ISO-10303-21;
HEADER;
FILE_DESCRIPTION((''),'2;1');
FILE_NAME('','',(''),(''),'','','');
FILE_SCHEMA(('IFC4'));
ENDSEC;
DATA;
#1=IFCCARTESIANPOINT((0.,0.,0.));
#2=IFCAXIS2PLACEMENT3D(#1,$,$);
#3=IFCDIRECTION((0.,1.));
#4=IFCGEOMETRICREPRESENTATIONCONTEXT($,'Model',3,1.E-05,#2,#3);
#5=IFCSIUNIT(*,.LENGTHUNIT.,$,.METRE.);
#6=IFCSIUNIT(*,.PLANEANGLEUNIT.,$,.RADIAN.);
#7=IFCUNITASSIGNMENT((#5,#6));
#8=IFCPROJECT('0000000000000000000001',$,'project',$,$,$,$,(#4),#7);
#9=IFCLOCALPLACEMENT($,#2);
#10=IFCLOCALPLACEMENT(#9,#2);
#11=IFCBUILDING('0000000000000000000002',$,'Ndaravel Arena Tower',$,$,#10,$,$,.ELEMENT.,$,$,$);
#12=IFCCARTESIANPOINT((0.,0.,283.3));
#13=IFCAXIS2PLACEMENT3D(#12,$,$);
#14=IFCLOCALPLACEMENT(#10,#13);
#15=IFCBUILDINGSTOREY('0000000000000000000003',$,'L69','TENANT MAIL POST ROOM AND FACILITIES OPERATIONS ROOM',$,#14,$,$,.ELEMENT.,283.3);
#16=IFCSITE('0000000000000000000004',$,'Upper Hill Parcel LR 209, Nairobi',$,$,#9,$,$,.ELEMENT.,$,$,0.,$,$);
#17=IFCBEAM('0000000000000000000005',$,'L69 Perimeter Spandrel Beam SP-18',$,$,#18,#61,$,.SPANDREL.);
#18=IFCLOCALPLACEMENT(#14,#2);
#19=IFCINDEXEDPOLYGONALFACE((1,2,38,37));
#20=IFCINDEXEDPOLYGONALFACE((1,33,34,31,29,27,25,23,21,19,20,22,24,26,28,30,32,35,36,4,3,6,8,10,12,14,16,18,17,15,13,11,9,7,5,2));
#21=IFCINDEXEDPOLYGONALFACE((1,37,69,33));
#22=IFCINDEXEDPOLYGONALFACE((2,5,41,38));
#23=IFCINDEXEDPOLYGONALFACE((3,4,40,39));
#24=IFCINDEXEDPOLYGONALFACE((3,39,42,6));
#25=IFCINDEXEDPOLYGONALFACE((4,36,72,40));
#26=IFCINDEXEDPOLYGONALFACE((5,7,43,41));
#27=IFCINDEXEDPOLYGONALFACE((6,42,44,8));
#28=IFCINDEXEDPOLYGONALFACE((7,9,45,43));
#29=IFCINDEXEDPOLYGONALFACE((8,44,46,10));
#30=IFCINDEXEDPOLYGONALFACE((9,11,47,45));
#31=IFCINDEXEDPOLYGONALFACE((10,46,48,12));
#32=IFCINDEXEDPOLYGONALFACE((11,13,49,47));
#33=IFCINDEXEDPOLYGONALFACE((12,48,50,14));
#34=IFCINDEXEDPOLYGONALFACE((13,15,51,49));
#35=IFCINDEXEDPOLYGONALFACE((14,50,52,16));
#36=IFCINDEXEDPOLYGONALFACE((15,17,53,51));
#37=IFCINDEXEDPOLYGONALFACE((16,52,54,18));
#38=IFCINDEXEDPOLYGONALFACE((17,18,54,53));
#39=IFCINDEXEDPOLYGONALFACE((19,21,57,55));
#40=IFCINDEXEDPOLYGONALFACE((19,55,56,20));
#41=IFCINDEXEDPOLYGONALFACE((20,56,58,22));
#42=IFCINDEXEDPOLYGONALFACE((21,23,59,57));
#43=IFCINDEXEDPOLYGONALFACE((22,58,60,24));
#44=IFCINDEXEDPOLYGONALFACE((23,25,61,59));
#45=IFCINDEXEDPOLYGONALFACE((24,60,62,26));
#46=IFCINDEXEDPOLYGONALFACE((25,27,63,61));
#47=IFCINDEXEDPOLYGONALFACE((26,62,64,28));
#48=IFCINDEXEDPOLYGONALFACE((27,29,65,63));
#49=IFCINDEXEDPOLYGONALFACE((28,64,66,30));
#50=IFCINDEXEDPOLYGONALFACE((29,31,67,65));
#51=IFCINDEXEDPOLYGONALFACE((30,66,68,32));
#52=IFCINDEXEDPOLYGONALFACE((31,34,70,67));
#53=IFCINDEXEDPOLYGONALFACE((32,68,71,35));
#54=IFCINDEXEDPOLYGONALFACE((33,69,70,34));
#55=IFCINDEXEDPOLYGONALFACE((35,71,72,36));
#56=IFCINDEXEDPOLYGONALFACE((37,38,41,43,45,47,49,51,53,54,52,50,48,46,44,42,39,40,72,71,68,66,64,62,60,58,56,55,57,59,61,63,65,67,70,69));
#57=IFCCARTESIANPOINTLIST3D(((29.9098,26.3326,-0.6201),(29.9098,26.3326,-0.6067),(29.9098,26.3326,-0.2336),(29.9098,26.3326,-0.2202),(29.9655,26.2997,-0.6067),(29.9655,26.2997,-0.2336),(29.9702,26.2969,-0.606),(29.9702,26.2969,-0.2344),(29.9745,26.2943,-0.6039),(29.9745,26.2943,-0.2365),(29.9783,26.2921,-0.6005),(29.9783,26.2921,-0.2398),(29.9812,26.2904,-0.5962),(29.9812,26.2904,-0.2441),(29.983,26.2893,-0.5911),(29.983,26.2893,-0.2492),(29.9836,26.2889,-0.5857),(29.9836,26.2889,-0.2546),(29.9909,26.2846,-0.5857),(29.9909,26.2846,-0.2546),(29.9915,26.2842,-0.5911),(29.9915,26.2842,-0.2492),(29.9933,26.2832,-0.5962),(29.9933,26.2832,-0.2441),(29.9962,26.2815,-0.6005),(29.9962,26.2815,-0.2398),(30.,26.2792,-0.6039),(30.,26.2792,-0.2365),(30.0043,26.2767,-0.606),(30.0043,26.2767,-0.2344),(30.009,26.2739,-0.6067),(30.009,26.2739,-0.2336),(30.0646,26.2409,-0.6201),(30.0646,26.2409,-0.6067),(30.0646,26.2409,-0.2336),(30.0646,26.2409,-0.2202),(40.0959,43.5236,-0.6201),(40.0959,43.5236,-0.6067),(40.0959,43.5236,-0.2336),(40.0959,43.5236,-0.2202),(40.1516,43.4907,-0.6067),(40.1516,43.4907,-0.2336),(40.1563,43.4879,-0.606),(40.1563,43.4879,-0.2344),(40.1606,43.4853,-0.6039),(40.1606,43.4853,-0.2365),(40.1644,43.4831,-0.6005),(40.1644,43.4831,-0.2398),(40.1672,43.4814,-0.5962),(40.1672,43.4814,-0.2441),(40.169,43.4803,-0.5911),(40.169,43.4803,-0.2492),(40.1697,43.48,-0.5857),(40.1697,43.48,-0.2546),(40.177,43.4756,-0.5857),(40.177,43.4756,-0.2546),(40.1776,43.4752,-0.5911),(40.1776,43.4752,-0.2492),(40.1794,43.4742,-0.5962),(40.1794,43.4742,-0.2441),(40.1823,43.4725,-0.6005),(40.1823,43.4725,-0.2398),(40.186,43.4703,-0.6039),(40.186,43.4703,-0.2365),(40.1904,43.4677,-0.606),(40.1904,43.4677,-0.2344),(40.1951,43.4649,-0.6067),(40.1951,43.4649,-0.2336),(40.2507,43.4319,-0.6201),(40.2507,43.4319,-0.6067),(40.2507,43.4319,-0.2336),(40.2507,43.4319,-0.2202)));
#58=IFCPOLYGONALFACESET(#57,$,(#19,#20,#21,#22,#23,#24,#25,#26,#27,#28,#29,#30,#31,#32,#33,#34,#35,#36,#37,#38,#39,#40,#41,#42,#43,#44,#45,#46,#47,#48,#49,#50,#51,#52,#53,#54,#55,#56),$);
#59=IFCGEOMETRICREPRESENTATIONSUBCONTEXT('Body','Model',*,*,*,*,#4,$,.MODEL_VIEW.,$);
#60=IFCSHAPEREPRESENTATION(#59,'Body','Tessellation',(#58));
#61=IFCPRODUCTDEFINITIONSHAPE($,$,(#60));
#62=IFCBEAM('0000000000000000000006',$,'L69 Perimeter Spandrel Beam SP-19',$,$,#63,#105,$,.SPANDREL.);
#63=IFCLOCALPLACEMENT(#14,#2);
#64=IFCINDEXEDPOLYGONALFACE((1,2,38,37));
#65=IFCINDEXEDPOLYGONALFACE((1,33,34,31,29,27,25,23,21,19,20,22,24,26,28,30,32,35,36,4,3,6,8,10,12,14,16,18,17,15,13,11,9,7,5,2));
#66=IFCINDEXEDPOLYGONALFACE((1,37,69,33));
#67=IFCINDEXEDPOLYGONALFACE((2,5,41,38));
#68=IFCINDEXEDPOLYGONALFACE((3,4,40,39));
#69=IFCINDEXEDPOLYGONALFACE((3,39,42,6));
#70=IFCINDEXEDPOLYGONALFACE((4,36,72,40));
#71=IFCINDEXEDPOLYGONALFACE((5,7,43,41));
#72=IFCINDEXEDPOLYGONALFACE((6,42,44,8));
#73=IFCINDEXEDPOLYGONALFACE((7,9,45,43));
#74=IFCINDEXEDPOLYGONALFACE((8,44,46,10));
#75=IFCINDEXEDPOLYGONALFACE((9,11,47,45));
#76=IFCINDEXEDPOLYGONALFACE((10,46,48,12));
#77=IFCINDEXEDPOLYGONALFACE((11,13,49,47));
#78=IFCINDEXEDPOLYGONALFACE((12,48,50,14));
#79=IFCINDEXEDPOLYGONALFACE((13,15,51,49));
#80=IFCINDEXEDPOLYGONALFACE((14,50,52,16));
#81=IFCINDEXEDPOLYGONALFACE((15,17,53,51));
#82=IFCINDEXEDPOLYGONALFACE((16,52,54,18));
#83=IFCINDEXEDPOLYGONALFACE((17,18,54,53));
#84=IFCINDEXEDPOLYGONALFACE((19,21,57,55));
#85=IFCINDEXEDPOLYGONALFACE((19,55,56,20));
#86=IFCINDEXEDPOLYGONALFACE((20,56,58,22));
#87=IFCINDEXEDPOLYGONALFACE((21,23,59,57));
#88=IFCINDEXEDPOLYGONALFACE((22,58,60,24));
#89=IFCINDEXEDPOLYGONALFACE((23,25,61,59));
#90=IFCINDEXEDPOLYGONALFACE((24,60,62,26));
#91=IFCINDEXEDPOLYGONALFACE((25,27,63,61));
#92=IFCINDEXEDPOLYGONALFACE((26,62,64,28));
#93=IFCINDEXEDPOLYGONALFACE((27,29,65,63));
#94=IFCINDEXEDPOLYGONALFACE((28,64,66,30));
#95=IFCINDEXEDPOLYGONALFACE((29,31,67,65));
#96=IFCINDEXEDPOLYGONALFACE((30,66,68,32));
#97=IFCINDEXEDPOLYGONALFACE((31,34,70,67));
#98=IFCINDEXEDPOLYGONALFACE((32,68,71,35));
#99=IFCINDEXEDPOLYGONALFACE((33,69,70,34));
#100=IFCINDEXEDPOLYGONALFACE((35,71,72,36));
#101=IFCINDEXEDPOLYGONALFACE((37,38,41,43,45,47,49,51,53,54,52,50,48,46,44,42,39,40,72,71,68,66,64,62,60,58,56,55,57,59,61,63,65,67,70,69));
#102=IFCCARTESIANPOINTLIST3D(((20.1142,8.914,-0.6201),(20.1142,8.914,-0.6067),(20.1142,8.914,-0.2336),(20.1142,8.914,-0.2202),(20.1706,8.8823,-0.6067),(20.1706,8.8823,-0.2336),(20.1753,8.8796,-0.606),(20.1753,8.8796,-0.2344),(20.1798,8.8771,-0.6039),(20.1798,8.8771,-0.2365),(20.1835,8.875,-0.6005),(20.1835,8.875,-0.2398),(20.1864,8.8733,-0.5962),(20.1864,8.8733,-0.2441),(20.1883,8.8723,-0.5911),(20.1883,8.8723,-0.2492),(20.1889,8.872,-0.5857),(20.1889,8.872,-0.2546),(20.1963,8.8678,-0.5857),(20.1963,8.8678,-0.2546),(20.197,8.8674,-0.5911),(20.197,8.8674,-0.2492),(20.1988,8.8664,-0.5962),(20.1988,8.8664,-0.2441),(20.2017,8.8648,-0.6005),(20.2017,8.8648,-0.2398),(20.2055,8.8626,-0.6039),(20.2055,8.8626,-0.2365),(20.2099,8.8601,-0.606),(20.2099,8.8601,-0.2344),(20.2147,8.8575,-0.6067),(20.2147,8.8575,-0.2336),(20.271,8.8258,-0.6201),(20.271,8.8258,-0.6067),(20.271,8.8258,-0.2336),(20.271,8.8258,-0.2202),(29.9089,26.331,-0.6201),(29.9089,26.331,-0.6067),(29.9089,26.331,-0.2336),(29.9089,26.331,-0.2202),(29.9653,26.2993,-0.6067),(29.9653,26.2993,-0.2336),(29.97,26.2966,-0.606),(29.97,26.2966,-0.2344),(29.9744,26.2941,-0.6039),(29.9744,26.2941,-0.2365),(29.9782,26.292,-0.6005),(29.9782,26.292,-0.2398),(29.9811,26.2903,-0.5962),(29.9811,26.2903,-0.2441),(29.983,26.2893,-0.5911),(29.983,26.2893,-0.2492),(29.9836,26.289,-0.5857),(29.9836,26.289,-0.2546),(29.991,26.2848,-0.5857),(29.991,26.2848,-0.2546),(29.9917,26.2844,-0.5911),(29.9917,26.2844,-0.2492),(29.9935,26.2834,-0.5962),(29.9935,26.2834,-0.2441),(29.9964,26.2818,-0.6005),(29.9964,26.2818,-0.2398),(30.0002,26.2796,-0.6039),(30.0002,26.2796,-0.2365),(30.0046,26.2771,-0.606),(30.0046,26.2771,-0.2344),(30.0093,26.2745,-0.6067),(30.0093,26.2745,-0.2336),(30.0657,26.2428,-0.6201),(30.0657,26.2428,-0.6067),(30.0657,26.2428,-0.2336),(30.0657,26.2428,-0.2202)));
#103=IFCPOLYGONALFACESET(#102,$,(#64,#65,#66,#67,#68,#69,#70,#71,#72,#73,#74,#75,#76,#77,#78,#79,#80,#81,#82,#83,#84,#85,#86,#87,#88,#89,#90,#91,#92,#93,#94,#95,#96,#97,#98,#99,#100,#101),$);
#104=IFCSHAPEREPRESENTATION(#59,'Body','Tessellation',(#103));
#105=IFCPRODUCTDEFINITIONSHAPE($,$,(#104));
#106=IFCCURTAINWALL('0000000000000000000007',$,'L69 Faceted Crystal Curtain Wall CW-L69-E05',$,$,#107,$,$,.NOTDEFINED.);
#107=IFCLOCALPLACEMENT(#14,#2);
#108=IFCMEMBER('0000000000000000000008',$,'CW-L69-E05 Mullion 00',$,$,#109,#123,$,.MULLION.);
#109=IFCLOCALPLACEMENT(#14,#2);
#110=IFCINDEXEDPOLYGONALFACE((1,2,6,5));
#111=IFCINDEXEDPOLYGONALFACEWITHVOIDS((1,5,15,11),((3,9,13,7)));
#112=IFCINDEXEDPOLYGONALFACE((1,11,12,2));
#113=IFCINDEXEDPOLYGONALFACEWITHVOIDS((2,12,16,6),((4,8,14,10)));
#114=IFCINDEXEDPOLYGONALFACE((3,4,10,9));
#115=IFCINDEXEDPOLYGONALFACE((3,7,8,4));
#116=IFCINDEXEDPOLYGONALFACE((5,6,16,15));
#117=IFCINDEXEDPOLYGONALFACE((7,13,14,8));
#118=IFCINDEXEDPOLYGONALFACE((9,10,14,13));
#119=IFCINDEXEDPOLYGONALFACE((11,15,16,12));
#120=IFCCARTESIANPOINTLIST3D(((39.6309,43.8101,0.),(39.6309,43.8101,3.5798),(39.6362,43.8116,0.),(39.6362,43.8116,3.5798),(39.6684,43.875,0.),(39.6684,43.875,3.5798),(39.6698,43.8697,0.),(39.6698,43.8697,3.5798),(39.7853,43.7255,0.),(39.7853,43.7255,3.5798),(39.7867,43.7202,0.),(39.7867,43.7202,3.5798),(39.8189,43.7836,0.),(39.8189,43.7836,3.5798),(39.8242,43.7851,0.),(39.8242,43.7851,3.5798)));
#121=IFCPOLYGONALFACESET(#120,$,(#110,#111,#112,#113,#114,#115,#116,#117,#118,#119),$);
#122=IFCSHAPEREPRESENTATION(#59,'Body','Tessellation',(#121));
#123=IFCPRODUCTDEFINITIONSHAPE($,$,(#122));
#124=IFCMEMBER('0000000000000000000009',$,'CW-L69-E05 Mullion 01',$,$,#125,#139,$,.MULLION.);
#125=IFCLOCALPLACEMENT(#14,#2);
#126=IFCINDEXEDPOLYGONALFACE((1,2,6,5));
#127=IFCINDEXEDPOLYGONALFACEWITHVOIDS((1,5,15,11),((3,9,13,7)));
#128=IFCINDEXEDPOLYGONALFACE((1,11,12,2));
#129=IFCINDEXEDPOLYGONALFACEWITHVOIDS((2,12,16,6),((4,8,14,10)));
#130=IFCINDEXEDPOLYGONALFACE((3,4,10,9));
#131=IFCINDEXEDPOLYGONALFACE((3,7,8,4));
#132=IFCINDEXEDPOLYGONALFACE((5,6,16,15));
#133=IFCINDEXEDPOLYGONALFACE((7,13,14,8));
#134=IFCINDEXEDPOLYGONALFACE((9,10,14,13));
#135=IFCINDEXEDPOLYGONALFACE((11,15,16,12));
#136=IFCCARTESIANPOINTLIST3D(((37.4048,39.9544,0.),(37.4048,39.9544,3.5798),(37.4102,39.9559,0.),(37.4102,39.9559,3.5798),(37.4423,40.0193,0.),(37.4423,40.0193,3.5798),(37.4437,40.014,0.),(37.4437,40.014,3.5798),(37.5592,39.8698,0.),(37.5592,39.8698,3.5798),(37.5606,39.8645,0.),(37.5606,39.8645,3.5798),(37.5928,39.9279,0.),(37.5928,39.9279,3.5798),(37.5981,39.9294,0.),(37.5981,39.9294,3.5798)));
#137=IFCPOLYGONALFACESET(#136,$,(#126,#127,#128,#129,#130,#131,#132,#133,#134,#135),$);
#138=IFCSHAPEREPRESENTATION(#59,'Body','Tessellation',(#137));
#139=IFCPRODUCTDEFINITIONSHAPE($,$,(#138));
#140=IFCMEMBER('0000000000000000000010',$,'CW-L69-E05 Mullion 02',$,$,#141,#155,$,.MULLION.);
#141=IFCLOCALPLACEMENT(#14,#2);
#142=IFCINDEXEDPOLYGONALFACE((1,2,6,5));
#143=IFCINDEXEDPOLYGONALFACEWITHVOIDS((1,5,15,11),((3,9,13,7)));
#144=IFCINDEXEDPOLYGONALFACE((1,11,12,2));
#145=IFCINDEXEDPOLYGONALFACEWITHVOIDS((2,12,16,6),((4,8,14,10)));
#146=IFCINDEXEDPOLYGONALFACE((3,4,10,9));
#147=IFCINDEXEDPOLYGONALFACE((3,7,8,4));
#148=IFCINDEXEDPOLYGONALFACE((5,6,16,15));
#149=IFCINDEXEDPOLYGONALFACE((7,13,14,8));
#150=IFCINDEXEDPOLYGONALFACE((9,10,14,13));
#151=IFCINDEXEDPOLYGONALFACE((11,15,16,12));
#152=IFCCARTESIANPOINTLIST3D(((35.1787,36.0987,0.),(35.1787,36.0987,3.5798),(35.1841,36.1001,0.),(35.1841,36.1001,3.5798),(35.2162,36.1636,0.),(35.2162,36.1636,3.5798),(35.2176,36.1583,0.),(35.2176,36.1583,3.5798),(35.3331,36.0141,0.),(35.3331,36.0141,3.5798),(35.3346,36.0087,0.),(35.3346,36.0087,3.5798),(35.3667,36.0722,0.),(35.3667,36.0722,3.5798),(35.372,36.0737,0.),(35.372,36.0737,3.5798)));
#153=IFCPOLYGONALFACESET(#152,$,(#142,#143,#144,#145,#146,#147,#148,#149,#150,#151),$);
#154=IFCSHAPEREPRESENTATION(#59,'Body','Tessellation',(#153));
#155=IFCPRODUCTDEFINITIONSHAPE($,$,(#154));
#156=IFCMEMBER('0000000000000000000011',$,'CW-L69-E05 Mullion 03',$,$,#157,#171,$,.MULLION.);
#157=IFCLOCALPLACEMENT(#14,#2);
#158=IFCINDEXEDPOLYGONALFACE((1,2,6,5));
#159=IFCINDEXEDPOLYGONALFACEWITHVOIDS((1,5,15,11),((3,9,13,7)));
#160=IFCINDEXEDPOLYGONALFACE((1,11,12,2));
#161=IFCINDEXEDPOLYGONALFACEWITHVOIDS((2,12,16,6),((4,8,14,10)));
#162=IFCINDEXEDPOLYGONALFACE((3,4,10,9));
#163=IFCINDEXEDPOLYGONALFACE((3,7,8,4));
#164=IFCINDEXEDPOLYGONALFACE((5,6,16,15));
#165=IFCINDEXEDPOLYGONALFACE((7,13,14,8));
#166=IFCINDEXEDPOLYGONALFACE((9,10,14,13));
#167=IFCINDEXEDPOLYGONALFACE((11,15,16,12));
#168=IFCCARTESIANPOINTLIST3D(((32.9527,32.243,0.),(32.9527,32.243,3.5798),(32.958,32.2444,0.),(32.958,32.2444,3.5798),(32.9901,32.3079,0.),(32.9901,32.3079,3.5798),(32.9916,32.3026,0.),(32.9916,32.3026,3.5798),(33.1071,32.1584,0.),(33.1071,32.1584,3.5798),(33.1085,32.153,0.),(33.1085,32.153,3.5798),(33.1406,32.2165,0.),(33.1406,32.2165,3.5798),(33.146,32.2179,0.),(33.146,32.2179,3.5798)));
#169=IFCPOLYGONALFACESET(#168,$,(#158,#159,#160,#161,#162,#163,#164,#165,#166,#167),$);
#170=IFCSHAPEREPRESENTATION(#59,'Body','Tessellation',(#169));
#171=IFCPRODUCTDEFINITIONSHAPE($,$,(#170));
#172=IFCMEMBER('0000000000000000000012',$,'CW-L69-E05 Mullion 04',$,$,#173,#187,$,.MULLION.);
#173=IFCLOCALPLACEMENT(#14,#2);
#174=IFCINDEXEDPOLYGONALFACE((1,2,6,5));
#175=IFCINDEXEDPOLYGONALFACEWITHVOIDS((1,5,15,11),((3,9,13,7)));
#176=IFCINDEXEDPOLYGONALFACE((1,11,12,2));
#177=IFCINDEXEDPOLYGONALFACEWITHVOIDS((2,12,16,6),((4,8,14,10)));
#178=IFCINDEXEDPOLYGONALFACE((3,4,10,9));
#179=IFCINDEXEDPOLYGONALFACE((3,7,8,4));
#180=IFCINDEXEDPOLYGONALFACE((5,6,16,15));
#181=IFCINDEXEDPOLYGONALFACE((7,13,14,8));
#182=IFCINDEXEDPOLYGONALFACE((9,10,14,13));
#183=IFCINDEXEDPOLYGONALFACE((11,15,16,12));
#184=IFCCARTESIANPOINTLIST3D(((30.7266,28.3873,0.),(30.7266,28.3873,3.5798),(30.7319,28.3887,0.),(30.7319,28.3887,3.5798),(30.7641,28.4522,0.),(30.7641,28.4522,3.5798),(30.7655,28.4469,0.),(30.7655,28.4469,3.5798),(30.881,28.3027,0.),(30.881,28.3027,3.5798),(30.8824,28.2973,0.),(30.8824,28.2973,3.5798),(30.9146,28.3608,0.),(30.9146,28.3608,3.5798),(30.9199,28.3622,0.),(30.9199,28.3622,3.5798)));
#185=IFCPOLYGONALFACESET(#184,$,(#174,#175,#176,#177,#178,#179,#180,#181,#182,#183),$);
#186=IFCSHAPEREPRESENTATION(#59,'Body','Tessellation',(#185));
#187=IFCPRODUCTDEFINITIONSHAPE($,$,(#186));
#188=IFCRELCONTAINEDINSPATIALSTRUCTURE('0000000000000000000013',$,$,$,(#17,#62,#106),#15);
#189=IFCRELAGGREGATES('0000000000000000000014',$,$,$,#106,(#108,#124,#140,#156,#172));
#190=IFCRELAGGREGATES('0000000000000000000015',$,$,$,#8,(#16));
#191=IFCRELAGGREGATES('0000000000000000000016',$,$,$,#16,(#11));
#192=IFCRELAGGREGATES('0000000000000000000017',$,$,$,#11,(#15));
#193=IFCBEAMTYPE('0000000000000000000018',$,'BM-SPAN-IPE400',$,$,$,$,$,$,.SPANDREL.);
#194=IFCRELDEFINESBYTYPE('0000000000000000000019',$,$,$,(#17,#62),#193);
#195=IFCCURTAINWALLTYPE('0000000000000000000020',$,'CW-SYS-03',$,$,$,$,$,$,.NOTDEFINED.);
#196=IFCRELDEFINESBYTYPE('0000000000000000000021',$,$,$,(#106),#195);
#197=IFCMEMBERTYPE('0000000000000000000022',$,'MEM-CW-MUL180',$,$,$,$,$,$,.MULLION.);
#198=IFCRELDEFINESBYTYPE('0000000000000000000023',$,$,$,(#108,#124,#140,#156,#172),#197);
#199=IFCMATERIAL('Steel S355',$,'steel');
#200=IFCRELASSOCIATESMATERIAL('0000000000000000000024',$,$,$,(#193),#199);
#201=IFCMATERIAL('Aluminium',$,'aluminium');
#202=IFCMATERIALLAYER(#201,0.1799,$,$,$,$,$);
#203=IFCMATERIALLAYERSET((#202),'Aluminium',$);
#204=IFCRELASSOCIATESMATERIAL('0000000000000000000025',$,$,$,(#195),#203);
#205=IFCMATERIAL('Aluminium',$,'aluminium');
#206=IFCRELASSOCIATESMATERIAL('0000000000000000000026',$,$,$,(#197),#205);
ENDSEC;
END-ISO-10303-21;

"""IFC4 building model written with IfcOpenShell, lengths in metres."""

from ifc_helpers import new_model, si_unit, direction, frame, origin, origin_2d, place, context, subcontext, project, spatial, hollow_rectangle, i_section, extrude, material, layer, layer_set, material_profile, profile_set, type_object, element, aggregate, save


model = new_model("IFC4")

# Units and contexts
model_context = context("Model", 3, precision=1e-05, world=origin(), true_north=direction((0.0, 1.0)))
body_context = subcontext(model_context, "Body", "Model", "MODEL_VIEW")
ifc_project = project(units=[si_unit("LENGTHUNIT", "METRE"), si_unit("PLANEANGLEUNIT", "RADIAN")], contexts=[model_context])

# Site, building, storey
site_placement = place(None, origin())
site = spatial("IfcSite", under=ifc_project, at=site_placement, Name="Upper Hill Parcel LR 209, Nairobi", CompositionType="ELEMENT", RefElevation=0.0)
building_placement = place(site_placement, origin())
building = spatial("IfcBuilding", under=site, at=building_placement, Name="Ndaravel Arena Tower", CompositionType="ELEMENT")
storey_placement = place(building_placement, frame((0.0, 0.0, 283.3)))
storey = spatial("IfcBuildingStorey", under=building, at=storey_placement, Name="L69", Description="TENANT MAIL POST ROOM AND FACILITIES OPERATIONS ROOM", CompositionType="ELEMENT", Elevation=283.3)

# Beams
ifc_material_1 = material(Name="Steel S355", Category="steel")
ifc_material_profile_1 = material_profile(ifc_material_1, i_section(OverallWidth=0.1799, OverallDepth=0.3999, WebThickness=0.0085, FlangeThickness=0.0134, FilletRadius=0.021, at=origin_2d()), Name="IPE 400")
ifc_profile_set_1 = profile_set([ifc_material_profile_1], Name="Steel S355")
beam_type_1 = type_object("IfcBeamType", Name="BM-SPAN-IPE400", PredefinedType="SPANDREL", material=ifc_profile_set_1)
for number, where, z_axis, x_axis, name in (
    (1, (40.1733, 43.4778, -0.4202), (-0.509759, -0.860317, 0.0), (0.860317, -0.509759, 0.0), "L69 Perimeter Spandrel Beam SP-18"),
    (2, (29.9873, 26.2869, -0.4202), (-0.490171, -0.871626, 0.0), (0.871626, -0.490171, 0.0), "L69 Perimeter Spandrel Beam SP-19"),
):
    element("IfcBeam", number, at=place(storey_placement, frame(where, z_axis=z_axis, x_axis=x_axis)), inside=storey, type_object=beam_type_1, Name=name, PredefinedType="SPANDREL", context=body_context, shape_type="SweptSolid", body=[
        extrude(i_section(OverallWidth=0.1799, OverallDepth=0.3999, WebThickness=0.0085, FlangeThickness=0.0134, FilletRadius=0.021, at=origin_2d()), origin(), (0.0, 0.0, 1.0), 19.9822),
    ])

# Curtain wall, members
ifc_material_2 = material(Name="Aluminium", Category="aluminium")
ifc_layer_1 = layer(ifc_material_2, 0.1799)
ifc_layer_set_1 = layer_set([ifc_layer_1], Name="Aluminium")
curtain_wall_type_1 = type_object("IfcCurtainWallType", Name="CW-SYS-03", PredefinedType="NOTDEFINED", material=ifc_layer_set_1)
curtain_wall_1_placement = place(storey_placement, origin())
curtain_wall_1 = element("IfcCurtainWall", 3, at=curtain_wall_1_placement, inside=storey, type_object=curtain_wall_type_1, Name="L69 Faceted Crystal Curtain Wall CW-L69-E05", PredefinedType="NOTDEFINED")
ifc_material_3 = material(Name="Aluminium", Category="aluminium")
ifc_material_profile_2 = material_profile(ifc_material_3, hollow_rectangle(XDim=0.075, YDim=0.1799, WallThickness=0.0039, at=origin_2d()), Name="CW MULLION 75x180x4")
ifc_profile_set_2 = profile_set([ifc_material_profile_2], Name="Aluminium")
member_type_1 = type_object("IfcMemberType", Name="MEM-CW-MUL180", PredefinedType="MULLION", material=ifc_profile_set_2)
member_1_placement = place(storey_placement, frame((39.7275, 43.7976, 0.0), z_axis=(0.0, 0.0, 1.0), x_axis=(-0.5, -0.866025, 0.0)))
member_1 = element("IfcMember", 4, at=member_1_placement, type_object=member_type_1, Name="CW-L69-E05 Mullion 00", PredefinedType="MULLION", context=body_context, shape_type="SweptSolid", body=[
    extrude(hollow_rectangle(XDim=0.075, YDim=0.1799, WallThickness=0.0039, at=origin_2d()), origin(), (0.0, 0.0, 1.0), 3.5798),
])
member_2_placement = place(storey_placement, frame((37.5015, 39.9419, 0.0), z_axis=(0.0, 0.0, 1.0), x_axis=(-0.5, -0.866025, 0.0)))
member_2 = element("IfcMember", 5, at=member_2_placement, type_object=member_type_1, Name="CW-L69-E05 Mullion 01", PredefinedType="MULLION", context=body_context, shape_type="SweptSolid", body=[
    extrude(hollow_rectangle(XDim=0.075, YDim=0.1799, WallThickness=0.0039, at=origin_2d()), origin(), (0.0, 0.0, 1.0), 3.5798),
])
member_3_placement = place(storey_placement, frame((35.2754, 36.0862, 0.0), z_axis=(0.0, 0.0, 1.0), x_axis=(-0.5, -0.866025, 0.0)))
member_3 = element("IfcMember", 6, at=member_3_placement, type_object=member_type_1, Name="CW-L69-E05 Mullion 02", PredefinedType="MULLION", context=body_context, shape_type="SweptSolid", body=[
    extrude(hollow_rectangle(XDim=0.075, YDim=0.1799, WallThickness=0.0039, at=origin_2d()), origin(), (0.0, 0.0, 1.0), 3.5798),
])
member_4_placement = place(storey_placement, frame((33.0493, 32.2305, 0.0), z_axis=(0.0, 0.0, 1.0), x_axis=(-0.5, -0.866025, 0.0)))
member_4 = element("IfcMember", 7, at=member_4_placement, type_object=member_type_1, Name="CW-L69-E05 Mullion 03", PredefinedType="MULLION", context=body_context, shape_type="SweptSolid", body=[
    extrude(hollow_rectangle(XDim=0.075, YDim=0.1799, WallThickness=0.0039, at=origin_2d()), origin(), (0.0, 0.0, 1.0), 3.5798),
])
member_5_placement = place(storey_placement, frame((30.8232, 28.3748, 0.0), z_axis=(0.0, 0.0, 1.0), x_axis=(-0.5, -0.866025, 0.0)))
member_5 = element("IfcMember", 8, at=member_5_placement, type_object=member_type_1, Name="CW-L69-E05 Mullion 04", PredefinedType="MULLION", context=body_context, shape_type="SweptSolid", body=[
    extrude(hollow_rectangle(XDim=0.075, YDim=0.1799, WallThickness=0.0039, at=origin_2d()), origin(), (0.0, 0.0, 1.0), 3.5798),
])

aggregate(curtain_wall_1, [member_1, member_2, member_3, member_4, member_5])

save(model, "model.ifc")
